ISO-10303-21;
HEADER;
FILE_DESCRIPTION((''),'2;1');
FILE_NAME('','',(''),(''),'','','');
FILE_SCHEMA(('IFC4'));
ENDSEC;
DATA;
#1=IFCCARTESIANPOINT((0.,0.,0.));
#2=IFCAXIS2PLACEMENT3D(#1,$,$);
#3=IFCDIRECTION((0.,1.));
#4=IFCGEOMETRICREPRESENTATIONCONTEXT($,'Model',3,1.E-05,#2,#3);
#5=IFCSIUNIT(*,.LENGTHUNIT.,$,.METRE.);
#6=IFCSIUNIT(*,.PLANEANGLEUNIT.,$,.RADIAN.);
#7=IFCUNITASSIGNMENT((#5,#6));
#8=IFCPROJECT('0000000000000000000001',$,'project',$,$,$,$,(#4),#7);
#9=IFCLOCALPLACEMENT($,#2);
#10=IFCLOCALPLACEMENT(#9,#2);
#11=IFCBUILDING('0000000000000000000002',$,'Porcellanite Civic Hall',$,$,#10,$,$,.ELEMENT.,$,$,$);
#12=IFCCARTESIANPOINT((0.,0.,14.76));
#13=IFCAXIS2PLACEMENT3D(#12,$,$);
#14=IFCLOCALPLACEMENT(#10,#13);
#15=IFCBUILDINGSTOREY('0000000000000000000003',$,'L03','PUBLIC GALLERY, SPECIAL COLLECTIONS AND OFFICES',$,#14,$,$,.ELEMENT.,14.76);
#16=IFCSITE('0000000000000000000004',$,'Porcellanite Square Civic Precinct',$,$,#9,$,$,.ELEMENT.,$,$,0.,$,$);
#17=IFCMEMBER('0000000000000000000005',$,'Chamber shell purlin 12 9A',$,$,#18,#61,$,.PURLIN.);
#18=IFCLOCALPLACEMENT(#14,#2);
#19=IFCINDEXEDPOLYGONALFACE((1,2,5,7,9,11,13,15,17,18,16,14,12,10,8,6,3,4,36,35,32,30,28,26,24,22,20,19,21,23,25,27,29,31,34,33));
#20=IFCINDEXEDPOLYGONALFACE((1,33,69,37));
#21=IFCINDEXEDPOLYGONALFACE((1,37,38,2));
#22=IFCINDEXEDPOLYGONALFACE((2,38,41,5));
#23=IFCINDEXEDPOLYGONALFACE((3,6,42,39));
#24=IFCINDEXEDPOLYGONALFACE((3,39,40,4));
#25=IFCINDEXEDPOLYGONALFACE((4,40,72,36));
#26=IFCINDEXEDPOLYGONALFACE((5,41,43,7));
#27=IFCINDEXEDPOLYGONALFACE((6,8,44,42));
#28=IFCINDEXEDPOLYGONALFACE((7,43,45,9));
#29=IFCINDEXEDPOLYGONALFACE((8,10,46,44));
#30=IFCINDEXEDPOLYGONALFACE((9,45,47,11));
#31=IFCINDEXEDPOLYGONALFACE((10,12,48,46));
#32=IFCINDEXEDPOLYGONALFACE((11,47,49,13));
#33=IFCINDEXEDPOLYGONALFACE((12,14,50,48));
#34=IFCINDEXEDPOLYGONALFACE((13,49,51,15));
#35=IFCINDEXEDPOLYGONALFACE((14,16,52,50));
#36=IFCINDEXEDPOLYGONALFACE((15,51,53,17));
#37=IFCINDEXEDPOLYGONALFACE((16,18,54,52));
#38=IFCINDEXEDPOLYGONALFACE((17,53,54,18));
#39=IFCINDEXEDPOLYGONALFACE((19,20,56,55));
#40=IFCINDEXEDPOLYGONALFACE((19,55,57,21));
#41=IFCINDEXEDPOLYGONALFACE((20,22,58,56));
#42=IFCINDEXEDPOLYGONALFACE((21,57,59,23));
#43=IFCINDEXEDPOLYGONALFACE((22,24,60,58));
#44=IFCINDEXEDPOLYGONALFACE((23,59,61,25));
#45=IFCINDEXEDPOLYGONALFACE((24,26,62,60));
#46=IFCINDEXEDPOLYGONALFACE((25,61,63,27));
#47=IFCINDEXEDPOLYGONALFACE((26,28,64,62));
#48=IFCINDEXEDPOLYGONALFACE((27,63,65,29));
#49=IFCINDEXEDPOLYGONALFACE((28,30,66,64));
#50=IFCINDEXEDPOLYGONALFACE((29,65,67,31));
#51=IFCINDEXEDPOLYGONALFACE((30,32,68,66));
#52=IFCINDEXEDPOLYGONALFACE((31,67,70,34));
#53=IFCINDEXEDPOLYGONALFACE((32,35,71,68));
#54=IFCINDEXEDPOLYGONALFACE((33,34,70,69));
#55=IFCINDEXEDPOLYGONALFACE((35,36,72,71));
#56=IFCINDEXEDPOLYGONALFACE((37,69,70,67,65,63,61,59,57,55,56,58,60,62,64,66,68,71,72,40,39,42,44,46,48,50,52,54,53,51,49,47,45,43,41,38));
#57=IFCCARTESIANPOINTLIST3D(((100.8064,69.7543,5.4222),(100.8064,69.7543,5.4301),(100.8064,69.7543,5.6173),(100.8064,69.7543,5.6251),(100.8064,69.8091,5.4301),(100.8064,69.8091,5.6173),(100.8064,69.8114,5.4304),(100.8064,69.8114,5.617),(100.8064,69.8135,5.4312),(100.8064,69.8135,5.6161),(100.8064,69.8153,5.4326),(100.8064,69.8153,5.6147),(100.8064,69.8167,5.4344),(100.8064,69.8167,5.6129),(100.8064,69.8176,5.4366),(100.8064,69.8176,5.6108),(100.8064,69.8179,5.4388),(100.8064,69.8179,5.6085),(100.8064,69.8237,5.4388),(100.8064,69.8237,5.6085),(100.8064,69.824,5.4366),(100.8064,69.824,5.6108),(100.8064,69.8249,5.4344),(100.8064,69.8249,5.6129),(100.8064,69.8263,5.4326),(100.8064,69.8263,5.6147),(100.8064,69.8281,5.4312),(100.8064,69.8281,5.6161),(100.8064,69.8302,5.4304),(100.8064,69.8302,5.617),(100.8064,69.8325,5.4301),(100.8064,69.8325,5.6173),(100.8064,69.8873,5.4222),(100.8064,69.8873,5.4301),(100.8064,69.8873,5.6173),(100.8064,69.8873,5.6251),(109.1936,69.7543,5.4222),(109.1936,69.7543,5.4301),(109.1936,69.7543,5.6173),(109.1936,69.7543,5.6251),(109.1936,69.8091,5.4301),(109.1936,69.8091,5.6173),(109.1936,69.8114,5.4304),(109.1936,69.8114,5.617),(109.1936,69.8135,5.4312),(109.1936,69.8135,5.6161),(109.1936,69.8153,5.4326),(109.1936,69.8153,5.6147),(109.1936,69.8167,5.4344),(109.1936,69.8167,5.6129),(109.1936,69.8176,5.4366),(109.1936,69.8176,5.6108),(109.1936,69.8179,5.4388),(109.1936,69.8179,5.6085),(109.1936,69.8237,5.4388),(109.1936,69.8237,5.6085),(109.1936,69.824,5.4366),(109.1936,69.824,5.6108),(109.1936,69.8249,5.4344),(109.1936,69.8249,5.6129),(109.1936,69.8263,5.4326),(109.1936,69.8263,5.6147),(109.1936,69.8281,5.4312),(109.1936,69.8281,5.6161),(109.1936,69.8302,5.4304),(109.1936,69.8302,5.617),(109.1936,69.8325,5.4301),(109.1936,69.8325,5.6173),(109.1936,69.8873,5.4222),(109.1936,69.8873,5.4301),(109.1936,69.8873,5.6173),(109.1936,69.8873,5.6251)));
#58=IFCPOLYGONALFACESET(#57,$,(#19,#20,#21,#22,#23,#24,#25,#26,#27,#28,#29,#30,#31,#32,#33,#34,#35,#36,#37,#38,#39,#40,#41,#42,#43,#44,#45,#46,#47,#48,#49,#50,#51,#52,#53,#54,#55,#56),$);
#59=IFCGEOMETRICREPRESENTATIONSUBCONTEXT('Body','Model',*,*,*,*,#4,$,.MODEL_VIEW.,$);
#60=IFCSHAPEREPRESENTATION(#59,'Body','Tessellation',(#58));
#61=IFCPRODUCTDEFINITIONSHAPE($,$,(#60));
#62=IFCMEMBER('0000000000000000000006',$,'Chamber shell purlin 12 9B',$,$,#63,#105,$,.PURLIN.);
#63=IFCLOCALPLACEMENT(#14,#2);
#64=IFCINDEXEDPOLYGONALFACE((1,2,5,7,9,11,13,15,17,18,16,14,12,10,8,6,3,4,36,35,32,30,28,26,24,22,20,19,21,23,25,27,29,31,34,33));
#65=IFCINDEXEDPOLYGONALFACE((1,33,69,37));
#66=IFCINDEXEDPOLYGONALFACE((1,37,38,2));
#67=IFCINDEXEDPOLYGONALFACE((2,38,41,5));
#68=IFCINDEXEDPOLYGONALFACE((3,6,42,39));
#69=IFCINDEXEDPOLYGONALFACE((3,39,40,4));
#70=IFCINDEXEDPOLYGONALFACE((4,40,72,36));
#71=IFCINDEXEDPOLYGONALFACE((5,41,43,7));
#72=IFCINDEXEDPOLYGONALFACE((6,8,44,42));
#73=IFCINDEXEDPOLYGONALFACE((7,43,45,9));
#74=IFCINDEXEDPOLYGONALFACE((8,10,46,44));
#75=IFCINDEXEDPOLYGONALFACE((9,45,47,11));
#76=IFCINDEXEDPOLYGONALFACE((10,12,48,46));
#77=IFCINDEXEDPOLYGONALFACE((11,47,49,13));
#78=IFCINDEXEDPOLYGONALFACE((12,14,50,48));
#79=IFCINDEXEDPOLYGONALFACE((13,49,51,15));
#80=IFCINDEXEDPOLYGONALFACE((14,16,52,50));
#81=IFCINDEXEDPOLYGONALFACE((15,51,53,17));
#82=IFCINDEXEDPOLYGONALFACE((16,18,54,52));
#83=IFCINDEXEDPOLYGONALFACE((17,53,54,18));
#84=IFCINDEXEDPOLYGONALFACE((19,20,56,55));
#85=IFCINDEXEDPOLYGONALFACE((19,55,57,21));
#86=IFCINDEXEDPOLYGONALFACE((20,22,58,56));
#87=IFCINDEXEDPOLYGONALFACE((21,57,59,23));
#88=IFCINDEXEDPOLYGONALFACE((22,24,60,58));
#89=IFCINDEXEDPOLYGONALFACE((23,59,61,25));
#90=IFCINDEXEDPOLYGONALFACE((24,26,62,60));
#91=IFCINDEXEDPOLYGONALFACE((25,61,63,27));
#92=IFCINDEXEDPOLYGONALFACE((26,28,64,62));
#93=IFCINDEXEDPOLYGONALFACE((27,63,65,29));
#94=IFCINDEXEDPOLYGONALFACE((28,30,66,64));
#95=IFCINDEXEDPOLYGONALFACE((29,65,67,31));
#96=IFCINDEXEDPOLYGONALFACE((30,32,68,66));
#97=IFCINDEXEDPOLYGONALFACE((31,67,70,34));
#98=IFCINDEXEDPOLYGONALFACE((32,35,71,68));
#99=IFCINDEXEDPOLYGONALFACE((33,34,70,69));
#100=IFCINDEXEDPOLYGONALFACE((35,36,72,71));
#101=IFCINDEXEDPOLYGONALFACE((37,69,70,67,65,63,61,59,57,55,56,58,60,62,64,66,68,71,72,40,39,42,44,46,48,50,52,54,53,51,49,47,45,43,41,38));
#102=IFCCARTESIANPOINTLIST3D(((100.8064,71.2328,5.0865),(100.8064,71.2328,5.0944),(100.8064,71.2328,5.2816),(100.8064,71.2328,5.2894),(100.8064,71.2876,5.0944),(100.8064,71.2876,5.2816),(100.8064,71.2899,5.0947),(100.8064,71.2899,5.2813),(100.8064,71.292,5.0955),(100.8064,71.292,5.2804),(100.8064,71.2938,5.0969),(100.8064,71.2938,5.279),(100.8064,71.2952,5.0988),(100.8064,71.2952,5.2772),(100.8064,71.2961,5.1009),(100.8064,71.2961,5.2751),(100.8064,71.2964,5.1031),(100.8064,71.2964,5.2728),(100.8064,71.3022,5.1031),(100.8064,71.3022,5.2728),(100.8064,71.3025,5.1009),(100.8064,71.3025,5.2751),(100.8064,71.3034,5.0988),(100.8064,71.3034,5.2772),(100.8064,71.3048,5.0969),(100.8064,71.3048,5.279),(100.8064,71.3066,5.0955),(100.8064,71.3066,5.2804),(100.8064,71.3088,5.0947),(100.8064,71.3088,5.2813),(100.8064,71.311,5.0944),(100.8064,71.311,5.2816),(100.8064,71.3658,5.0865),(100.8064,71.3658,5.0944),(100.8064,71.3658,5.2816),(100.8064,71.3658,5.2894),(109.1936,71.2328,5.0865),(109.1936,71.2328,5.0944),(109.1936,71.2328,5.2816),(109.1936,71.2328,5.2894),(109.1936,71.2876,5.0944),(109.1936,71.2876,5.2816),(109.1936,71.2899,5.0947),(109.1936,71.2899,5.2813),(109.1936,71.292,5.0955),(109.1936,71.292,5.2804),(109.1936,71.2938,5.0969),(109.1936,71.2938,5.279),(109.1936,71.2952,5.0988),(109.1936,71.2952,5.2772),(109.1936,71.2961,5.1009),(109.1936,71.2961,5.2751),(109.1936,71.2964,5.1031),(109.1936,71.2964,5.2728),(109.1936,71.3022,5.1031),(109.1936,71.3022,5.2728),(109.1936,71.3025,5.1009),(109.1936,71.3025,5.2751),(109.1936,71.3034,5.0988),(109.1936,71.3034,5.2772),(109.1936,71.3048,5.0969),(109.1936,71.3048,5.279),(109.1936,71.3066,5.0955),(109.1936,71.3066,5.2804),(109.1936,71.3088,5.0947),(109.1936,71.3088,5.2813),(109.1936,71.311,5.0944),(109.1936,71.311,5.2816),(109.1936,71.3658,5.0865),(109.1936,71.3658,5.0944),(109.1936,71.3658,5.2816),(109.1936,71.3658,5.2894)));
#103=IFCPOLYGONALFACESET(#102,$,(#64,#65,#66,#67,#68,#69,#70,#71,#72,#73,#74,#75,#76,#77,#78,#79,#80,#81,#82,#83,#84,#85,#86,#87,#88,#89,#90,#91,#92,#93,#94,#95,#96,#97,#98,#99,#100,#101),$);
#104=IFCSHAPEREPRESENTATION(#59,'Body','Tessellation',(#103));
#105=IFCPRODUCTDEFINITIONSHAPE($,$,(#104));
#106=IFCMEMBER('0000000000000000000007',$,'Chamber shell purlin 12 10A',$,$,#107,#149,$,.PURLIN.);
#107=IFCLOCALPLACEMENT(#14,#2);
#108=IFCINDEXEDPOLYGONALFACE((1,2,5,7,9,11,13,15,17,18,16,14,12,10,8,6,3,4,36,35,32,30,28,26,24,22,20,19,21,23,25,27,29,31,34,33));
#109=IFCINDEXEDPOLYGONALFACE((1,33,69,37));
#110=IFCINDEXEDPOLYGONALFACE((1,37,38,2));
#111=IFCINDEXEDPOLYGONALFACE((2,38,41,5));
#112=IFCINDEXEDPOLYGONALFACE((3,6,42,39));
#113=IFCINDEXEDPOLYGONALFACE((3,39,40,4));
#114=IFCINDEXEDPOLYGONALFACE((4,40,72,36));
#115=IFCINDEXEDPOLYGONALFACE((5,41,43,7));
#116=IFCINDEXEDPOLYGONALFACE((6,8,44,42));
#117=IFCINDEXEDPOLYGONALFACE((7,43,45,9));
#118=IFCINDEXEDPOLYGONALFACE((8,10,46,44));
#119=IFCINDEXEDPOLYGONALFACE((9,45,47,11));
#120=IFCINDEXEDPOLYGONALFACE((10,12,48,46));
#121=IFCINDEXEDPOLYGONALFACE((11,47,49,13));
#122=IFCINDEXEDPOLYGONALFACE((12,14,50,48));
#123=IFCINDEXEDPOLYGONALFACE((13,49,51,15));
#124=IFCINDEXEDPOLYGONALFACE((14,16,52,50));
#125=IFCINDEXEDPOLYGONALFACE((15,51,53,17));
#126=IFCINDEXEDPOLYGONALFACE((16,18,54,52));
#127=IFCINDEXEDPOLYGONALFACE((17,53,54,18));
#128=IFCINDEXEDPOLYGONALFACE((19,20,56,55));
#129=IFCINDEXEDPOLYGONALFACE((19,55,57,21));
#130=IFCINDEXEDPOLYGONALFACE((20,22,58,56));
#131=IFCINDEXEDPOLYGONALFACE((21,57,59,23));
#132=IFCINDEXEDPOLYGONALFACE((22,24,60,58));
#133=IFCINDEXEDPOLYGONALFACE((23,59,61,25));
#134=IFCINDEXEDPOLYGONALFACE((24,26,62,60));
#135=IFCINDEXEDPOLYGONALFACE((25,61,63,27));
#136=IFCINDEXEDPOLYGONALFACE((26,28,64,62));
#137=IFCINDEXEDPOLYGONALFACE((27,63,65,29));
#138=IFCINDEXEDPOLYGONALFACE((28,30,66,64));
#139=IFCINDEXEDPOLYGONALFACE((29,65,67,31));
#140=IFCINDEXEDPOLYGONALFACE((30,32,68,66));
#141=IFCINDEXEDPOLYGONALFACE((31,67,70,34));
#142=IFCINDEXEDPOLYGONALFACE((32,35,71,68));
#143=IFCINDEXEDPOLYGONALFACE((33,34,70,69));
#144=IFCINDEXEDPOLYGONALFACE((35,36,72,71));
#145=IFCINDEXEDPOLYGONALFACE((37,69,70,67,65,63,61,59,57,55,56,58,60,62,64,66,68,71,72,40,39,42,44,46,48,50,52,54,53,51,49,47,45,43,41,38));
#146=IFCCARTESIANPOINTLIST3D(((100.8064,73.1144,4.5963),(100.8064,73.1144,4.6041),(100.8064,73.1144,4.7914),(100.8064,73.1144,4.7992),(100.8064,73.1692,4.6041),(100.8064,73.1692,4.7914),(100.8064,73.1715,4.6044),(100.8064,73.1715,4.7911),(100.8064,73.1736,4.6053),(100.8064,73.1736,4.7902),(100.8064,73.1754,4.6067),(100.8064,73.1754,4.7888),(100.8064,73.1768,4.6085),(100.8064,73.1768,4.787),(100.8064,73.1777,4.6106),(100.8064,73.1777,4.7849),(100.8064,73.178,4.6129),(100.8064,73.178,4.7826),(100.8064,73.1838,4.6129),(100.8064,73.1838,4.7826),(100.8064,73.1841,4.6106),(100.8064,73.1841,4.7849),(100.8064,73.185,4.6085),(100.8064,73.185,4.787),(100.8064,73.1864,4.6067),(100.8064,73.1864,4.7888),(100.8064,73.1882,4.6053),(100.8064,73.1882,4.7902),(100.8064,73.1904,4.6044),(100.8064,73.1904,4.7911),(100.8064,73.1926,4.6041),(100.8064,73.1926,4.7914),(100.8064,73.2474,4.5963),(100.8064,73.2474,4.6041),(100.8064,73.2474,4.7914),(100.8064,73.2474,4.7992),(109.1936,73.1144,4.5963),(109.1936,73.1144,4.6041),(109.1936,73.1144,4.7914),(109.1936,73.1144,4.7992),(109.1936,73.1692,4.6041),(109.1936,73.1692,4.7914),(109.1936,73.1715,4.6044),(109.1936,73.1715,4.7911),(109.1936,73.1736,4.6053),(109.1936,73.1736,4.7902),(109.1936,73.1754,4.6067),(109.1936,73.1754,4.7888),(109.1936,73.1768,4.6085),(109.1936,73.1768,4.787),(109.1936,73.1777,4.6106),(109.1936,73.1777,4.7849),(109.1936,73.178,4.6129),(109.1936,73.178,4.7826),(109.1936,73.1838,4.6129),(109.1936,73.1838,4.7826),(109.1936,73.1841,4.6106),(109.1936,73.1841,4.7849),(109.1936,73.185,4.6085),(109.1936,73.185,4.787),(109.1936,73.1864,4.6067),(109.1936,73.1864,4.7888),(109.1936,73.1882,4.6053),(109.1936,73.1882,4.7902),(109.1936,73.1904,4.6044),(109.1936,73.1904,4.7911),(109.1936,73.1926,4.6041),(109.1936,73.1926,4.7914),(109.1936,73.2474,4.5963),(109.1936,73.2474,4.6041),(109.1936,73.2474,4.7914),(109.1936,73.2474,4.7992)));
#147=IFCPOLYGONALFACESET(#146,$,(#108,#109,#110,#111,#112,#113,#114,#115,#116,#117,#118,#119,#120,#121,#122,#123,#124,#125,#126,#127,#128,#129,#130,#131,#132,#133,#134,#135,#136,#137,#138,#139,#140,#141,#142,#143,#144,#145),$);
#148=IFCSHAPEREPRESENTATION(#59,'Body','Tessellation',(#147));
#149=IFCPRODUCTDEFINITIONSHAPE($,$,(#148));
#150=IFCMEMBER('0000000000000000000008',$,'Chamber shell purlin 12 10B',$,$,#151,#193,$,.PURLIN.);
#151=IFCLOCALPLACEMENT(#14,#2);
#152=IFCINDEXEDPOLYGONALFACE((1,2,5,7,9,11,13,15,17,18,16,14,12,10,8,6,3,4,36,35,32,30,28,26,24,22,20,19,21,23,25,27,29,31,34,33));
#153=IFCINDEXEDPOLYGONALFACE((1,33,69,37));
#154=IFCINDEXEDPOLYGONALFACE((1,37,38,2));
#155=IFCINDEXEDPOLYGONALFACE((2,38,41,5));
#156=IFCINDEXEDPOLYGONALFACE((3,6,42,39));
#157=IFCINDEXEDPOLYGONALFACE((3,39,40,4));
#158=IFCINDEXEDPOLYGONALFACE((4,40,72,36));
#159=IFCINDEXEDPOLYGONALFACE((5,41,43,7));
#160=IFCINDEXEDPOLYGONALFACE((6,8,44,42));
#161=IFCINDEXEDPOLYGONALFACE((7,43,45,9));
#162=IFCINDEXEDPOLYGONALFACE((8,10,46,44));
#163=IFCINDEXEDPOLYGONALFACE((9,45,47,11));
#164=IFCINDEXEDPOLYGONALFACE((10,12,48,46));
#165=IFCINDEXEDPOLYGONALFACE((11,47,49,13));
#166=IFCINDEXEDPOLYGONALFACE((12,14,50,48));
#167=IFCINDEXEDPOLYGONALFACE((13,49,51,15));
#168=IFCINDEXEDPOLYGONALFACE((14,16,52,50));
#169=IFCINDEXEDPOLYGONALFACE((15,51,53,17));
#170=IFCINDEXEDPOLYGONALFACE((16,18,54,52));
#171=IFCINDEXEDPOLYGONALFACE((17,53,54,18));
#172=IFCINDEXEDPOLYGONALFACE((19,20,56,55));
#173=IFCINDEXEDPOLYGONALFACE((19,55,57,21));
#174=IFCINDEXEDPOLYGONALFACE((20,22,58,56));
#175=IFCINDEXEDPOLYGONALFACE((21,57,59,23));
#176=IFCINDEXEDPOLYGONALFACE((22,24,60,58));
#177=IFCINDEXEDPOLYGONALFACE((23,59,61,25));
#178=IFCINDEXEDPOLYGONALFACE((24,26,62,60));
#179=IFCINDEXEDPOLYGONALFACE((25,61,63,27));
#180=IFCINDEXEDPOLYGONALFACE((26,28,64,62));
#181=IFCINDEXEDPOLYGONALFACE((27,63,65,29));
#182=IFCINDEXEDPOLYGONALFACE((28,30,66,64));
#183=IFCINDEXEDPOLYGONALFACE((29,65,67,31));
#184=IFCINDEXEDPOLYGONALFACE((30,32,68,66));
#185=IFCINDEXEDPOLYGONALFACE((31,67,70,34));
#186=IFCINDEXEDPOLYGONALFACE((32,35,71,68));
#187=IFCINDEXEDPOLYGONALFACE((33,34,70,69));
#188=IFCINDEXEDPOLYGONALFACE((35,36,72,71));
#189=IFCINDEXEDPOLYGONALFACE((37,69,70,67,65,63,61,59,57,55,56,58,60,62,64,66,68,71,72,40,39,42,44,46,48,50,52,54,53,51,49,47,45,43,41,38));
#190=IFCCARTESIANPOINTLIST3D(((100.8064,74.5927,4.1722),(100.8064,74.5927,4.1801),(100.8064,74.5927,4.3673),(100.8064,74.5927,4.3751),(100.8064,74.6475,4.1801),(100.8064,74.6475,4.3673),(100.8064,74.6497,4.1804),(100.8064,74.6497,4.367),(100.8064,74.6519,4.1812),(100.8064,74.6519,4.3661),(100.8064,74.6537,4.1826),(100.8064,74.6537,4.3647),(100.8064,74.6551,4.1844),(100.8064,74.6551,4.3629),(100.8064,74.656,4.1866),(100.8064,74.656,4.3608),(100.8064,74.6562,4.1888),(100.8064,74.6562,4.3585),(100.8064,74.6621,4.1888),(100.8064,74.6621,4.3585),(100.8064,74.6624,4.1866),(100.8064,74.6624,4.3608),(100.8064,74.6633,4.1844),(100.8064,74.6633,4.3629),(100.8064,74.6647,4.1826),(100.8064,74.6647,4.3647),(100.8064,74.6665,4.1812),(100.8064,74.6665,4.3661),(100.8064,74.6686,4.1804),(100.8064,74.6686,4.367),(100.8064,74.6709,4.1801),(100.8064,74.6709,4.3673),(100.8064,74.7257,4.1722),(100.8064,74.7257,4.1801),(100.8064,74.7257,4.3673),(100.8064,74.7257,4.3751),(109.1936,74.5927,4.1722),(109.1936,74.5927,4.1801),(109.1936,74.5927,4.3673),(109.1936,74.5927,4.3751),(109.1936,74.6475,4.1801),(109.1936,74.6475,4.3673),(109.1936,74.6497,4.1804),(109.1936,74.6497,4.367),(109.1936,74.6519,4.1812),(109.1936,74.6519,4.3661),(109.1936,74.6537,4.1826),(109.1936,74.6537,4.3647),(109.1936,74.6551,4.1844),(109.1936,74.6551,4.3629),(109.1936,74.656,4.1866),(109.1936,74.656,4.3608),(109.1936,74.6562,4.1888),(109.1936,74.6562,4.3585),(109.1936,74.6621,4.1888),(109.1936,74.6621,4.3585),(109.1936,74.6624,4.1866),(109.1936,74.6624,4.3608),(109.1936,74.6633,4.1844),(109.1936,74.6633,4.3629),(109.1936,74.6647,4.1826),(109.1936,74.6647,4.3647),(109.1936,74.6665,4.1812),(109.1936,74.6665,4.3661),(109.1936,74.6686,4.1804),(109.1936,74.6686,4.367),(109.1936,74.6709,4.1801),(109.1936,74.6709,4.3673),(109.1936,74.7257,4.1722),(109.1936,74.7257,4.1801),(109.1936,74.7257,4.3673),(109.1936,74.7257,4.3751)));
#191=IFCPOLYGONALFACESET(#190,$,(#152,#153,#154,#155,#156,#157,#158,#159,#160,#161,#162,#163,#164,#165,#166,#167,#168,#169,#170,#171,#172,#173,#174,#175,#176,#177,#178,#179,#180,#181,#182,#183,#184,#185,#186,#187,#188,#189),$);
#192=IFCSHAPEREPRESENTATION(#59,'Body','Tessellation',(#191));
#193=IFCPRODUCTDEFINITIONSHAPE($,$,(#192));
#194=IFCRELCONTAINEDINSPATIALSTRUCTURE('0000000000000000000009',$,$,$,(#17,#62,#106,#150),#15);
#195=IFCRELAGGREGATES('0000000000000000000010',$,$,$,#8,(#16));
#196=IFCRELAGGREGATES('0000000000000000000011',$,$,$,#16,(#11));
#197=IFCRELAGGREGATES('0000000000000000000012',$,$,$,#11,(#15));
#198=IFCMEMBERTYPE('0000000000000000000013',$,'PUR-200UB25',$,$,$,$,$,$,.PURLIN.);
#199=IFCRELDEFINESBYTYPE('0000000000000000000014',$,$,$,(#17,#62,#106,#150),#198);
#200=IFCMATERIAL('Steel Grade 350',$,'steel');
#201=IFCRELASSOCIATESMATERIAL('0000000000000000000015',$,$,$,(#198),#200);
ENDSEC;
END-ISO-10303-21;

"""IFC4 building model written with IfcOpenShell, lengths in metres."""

from ifc_helpers import new_model, si_unit, direction, frame, origin, origin_2d, place, context, subcontext, project, spatial, i_section, extrude, material, material_profile, profile_set, type_object, element, save


model = new_model("IFC4")

# Units and contexts
model_context = context("Model", 3, precision=1e-05, world=origin(), true_north=direction((0.0, 1.0)))
body_context = subcontext(model_context, "Body", "Model", "MODEL_VIEW")
ifc_project = project(units=[si_unit("LENGTHUNIT", "METRE"), si_unit("PLANEANGLEUNIT", "RADIAN")], contexts=[model_context])

# Site, building, storey
site_placement = place(None, origin())
site = spatial("IfcSite", under=ifc_project, at=site_placement, Name="Porcellanite Square Civic Precinct", CompositionType="ELEMENT", RefElevation=0.0)
building_placement = place(site_placement, origin())
building = spatial("IfcBuilding", under=site, at=building_placement, Name="Porcellanite Civic Hall", CompositionType="ELEMENT")
storey_placement = place(building_placement, frame((0.0, 0.0, 14.76)))
storey = spatial("IfcBuildingStorey", under=building, at=storey_placement, Name="L03", Description="PUBLIC GALLERY, SPECIAL COLLECTIONS AND OFFICES", CompositionType="ELEMENT", Elevation=14.76)

# Members
ifc_material_1 = material(Name="Steel Grade 350", Category="steel")
ifc_material_profile_1 = material_profile(ifc_material_1, i_section(OverallWidth=0.1331, OverallDepth=0.2029, WebThickness=0.0059, FlangeThickness=0.0078, FilletRadius=0.0088, at=origin_2d()), Name="200UB25.4")
ifc_profile_set_1 = profile_set([ifc_material_profile_1], Name="Steel Grade 350")
member_type_1 = type_object("IfcMemberType", Name="PUR-200UB25", PredefinedType="PURLIN", material=ifc_profile_set_1)
for number, where, z_axis, x_axis, name in (
    (1, (100.8064, 69.8208, 5.5237), (1.0, 0.0, 0.0), (0.0, 1.0, 0.0), "Chamber shell purlin 12 9A"),
    (2, (100.8064, 71.2993, 5.188), (1.0, 0.0, 0.0), (0.0, 1.0, 0.0), "Chamber shell purlin 12 9B"),
    (3, (100.8064, 73.1809, 4.6978), (1.0, 0.0, 0.0), (0.0, 1.0, 0.0), "Chamber shell purlin 12 10A"),
    (4, (100.8064, 74.6592, 4.2737), (1.0, 0.0, 0.0), (0.0, 1.0, 0.0), "Chamber shell purlin 12 10B"),
):
    element("IfcMember", number, at=place(storey_placement, frame(where, z_axis=z_axis, x_axis=x_axis)), inside=storey, type_object=member_type_1, Name=name, PredefinedType="PURLIN", context=body_context, shape_type="SweptSolid", body=[
        extrude(i_section(OverallWidth=0.1331, OverallDepth=0.2029, WebThickness=0.0059, FlangeThickness=0.0078, FilletRadius=0.0088, at=origin_2d()), origin(), (0.0, 0.0, 1.0), 8.3872),
    ])

save(model, "model.ifc")
